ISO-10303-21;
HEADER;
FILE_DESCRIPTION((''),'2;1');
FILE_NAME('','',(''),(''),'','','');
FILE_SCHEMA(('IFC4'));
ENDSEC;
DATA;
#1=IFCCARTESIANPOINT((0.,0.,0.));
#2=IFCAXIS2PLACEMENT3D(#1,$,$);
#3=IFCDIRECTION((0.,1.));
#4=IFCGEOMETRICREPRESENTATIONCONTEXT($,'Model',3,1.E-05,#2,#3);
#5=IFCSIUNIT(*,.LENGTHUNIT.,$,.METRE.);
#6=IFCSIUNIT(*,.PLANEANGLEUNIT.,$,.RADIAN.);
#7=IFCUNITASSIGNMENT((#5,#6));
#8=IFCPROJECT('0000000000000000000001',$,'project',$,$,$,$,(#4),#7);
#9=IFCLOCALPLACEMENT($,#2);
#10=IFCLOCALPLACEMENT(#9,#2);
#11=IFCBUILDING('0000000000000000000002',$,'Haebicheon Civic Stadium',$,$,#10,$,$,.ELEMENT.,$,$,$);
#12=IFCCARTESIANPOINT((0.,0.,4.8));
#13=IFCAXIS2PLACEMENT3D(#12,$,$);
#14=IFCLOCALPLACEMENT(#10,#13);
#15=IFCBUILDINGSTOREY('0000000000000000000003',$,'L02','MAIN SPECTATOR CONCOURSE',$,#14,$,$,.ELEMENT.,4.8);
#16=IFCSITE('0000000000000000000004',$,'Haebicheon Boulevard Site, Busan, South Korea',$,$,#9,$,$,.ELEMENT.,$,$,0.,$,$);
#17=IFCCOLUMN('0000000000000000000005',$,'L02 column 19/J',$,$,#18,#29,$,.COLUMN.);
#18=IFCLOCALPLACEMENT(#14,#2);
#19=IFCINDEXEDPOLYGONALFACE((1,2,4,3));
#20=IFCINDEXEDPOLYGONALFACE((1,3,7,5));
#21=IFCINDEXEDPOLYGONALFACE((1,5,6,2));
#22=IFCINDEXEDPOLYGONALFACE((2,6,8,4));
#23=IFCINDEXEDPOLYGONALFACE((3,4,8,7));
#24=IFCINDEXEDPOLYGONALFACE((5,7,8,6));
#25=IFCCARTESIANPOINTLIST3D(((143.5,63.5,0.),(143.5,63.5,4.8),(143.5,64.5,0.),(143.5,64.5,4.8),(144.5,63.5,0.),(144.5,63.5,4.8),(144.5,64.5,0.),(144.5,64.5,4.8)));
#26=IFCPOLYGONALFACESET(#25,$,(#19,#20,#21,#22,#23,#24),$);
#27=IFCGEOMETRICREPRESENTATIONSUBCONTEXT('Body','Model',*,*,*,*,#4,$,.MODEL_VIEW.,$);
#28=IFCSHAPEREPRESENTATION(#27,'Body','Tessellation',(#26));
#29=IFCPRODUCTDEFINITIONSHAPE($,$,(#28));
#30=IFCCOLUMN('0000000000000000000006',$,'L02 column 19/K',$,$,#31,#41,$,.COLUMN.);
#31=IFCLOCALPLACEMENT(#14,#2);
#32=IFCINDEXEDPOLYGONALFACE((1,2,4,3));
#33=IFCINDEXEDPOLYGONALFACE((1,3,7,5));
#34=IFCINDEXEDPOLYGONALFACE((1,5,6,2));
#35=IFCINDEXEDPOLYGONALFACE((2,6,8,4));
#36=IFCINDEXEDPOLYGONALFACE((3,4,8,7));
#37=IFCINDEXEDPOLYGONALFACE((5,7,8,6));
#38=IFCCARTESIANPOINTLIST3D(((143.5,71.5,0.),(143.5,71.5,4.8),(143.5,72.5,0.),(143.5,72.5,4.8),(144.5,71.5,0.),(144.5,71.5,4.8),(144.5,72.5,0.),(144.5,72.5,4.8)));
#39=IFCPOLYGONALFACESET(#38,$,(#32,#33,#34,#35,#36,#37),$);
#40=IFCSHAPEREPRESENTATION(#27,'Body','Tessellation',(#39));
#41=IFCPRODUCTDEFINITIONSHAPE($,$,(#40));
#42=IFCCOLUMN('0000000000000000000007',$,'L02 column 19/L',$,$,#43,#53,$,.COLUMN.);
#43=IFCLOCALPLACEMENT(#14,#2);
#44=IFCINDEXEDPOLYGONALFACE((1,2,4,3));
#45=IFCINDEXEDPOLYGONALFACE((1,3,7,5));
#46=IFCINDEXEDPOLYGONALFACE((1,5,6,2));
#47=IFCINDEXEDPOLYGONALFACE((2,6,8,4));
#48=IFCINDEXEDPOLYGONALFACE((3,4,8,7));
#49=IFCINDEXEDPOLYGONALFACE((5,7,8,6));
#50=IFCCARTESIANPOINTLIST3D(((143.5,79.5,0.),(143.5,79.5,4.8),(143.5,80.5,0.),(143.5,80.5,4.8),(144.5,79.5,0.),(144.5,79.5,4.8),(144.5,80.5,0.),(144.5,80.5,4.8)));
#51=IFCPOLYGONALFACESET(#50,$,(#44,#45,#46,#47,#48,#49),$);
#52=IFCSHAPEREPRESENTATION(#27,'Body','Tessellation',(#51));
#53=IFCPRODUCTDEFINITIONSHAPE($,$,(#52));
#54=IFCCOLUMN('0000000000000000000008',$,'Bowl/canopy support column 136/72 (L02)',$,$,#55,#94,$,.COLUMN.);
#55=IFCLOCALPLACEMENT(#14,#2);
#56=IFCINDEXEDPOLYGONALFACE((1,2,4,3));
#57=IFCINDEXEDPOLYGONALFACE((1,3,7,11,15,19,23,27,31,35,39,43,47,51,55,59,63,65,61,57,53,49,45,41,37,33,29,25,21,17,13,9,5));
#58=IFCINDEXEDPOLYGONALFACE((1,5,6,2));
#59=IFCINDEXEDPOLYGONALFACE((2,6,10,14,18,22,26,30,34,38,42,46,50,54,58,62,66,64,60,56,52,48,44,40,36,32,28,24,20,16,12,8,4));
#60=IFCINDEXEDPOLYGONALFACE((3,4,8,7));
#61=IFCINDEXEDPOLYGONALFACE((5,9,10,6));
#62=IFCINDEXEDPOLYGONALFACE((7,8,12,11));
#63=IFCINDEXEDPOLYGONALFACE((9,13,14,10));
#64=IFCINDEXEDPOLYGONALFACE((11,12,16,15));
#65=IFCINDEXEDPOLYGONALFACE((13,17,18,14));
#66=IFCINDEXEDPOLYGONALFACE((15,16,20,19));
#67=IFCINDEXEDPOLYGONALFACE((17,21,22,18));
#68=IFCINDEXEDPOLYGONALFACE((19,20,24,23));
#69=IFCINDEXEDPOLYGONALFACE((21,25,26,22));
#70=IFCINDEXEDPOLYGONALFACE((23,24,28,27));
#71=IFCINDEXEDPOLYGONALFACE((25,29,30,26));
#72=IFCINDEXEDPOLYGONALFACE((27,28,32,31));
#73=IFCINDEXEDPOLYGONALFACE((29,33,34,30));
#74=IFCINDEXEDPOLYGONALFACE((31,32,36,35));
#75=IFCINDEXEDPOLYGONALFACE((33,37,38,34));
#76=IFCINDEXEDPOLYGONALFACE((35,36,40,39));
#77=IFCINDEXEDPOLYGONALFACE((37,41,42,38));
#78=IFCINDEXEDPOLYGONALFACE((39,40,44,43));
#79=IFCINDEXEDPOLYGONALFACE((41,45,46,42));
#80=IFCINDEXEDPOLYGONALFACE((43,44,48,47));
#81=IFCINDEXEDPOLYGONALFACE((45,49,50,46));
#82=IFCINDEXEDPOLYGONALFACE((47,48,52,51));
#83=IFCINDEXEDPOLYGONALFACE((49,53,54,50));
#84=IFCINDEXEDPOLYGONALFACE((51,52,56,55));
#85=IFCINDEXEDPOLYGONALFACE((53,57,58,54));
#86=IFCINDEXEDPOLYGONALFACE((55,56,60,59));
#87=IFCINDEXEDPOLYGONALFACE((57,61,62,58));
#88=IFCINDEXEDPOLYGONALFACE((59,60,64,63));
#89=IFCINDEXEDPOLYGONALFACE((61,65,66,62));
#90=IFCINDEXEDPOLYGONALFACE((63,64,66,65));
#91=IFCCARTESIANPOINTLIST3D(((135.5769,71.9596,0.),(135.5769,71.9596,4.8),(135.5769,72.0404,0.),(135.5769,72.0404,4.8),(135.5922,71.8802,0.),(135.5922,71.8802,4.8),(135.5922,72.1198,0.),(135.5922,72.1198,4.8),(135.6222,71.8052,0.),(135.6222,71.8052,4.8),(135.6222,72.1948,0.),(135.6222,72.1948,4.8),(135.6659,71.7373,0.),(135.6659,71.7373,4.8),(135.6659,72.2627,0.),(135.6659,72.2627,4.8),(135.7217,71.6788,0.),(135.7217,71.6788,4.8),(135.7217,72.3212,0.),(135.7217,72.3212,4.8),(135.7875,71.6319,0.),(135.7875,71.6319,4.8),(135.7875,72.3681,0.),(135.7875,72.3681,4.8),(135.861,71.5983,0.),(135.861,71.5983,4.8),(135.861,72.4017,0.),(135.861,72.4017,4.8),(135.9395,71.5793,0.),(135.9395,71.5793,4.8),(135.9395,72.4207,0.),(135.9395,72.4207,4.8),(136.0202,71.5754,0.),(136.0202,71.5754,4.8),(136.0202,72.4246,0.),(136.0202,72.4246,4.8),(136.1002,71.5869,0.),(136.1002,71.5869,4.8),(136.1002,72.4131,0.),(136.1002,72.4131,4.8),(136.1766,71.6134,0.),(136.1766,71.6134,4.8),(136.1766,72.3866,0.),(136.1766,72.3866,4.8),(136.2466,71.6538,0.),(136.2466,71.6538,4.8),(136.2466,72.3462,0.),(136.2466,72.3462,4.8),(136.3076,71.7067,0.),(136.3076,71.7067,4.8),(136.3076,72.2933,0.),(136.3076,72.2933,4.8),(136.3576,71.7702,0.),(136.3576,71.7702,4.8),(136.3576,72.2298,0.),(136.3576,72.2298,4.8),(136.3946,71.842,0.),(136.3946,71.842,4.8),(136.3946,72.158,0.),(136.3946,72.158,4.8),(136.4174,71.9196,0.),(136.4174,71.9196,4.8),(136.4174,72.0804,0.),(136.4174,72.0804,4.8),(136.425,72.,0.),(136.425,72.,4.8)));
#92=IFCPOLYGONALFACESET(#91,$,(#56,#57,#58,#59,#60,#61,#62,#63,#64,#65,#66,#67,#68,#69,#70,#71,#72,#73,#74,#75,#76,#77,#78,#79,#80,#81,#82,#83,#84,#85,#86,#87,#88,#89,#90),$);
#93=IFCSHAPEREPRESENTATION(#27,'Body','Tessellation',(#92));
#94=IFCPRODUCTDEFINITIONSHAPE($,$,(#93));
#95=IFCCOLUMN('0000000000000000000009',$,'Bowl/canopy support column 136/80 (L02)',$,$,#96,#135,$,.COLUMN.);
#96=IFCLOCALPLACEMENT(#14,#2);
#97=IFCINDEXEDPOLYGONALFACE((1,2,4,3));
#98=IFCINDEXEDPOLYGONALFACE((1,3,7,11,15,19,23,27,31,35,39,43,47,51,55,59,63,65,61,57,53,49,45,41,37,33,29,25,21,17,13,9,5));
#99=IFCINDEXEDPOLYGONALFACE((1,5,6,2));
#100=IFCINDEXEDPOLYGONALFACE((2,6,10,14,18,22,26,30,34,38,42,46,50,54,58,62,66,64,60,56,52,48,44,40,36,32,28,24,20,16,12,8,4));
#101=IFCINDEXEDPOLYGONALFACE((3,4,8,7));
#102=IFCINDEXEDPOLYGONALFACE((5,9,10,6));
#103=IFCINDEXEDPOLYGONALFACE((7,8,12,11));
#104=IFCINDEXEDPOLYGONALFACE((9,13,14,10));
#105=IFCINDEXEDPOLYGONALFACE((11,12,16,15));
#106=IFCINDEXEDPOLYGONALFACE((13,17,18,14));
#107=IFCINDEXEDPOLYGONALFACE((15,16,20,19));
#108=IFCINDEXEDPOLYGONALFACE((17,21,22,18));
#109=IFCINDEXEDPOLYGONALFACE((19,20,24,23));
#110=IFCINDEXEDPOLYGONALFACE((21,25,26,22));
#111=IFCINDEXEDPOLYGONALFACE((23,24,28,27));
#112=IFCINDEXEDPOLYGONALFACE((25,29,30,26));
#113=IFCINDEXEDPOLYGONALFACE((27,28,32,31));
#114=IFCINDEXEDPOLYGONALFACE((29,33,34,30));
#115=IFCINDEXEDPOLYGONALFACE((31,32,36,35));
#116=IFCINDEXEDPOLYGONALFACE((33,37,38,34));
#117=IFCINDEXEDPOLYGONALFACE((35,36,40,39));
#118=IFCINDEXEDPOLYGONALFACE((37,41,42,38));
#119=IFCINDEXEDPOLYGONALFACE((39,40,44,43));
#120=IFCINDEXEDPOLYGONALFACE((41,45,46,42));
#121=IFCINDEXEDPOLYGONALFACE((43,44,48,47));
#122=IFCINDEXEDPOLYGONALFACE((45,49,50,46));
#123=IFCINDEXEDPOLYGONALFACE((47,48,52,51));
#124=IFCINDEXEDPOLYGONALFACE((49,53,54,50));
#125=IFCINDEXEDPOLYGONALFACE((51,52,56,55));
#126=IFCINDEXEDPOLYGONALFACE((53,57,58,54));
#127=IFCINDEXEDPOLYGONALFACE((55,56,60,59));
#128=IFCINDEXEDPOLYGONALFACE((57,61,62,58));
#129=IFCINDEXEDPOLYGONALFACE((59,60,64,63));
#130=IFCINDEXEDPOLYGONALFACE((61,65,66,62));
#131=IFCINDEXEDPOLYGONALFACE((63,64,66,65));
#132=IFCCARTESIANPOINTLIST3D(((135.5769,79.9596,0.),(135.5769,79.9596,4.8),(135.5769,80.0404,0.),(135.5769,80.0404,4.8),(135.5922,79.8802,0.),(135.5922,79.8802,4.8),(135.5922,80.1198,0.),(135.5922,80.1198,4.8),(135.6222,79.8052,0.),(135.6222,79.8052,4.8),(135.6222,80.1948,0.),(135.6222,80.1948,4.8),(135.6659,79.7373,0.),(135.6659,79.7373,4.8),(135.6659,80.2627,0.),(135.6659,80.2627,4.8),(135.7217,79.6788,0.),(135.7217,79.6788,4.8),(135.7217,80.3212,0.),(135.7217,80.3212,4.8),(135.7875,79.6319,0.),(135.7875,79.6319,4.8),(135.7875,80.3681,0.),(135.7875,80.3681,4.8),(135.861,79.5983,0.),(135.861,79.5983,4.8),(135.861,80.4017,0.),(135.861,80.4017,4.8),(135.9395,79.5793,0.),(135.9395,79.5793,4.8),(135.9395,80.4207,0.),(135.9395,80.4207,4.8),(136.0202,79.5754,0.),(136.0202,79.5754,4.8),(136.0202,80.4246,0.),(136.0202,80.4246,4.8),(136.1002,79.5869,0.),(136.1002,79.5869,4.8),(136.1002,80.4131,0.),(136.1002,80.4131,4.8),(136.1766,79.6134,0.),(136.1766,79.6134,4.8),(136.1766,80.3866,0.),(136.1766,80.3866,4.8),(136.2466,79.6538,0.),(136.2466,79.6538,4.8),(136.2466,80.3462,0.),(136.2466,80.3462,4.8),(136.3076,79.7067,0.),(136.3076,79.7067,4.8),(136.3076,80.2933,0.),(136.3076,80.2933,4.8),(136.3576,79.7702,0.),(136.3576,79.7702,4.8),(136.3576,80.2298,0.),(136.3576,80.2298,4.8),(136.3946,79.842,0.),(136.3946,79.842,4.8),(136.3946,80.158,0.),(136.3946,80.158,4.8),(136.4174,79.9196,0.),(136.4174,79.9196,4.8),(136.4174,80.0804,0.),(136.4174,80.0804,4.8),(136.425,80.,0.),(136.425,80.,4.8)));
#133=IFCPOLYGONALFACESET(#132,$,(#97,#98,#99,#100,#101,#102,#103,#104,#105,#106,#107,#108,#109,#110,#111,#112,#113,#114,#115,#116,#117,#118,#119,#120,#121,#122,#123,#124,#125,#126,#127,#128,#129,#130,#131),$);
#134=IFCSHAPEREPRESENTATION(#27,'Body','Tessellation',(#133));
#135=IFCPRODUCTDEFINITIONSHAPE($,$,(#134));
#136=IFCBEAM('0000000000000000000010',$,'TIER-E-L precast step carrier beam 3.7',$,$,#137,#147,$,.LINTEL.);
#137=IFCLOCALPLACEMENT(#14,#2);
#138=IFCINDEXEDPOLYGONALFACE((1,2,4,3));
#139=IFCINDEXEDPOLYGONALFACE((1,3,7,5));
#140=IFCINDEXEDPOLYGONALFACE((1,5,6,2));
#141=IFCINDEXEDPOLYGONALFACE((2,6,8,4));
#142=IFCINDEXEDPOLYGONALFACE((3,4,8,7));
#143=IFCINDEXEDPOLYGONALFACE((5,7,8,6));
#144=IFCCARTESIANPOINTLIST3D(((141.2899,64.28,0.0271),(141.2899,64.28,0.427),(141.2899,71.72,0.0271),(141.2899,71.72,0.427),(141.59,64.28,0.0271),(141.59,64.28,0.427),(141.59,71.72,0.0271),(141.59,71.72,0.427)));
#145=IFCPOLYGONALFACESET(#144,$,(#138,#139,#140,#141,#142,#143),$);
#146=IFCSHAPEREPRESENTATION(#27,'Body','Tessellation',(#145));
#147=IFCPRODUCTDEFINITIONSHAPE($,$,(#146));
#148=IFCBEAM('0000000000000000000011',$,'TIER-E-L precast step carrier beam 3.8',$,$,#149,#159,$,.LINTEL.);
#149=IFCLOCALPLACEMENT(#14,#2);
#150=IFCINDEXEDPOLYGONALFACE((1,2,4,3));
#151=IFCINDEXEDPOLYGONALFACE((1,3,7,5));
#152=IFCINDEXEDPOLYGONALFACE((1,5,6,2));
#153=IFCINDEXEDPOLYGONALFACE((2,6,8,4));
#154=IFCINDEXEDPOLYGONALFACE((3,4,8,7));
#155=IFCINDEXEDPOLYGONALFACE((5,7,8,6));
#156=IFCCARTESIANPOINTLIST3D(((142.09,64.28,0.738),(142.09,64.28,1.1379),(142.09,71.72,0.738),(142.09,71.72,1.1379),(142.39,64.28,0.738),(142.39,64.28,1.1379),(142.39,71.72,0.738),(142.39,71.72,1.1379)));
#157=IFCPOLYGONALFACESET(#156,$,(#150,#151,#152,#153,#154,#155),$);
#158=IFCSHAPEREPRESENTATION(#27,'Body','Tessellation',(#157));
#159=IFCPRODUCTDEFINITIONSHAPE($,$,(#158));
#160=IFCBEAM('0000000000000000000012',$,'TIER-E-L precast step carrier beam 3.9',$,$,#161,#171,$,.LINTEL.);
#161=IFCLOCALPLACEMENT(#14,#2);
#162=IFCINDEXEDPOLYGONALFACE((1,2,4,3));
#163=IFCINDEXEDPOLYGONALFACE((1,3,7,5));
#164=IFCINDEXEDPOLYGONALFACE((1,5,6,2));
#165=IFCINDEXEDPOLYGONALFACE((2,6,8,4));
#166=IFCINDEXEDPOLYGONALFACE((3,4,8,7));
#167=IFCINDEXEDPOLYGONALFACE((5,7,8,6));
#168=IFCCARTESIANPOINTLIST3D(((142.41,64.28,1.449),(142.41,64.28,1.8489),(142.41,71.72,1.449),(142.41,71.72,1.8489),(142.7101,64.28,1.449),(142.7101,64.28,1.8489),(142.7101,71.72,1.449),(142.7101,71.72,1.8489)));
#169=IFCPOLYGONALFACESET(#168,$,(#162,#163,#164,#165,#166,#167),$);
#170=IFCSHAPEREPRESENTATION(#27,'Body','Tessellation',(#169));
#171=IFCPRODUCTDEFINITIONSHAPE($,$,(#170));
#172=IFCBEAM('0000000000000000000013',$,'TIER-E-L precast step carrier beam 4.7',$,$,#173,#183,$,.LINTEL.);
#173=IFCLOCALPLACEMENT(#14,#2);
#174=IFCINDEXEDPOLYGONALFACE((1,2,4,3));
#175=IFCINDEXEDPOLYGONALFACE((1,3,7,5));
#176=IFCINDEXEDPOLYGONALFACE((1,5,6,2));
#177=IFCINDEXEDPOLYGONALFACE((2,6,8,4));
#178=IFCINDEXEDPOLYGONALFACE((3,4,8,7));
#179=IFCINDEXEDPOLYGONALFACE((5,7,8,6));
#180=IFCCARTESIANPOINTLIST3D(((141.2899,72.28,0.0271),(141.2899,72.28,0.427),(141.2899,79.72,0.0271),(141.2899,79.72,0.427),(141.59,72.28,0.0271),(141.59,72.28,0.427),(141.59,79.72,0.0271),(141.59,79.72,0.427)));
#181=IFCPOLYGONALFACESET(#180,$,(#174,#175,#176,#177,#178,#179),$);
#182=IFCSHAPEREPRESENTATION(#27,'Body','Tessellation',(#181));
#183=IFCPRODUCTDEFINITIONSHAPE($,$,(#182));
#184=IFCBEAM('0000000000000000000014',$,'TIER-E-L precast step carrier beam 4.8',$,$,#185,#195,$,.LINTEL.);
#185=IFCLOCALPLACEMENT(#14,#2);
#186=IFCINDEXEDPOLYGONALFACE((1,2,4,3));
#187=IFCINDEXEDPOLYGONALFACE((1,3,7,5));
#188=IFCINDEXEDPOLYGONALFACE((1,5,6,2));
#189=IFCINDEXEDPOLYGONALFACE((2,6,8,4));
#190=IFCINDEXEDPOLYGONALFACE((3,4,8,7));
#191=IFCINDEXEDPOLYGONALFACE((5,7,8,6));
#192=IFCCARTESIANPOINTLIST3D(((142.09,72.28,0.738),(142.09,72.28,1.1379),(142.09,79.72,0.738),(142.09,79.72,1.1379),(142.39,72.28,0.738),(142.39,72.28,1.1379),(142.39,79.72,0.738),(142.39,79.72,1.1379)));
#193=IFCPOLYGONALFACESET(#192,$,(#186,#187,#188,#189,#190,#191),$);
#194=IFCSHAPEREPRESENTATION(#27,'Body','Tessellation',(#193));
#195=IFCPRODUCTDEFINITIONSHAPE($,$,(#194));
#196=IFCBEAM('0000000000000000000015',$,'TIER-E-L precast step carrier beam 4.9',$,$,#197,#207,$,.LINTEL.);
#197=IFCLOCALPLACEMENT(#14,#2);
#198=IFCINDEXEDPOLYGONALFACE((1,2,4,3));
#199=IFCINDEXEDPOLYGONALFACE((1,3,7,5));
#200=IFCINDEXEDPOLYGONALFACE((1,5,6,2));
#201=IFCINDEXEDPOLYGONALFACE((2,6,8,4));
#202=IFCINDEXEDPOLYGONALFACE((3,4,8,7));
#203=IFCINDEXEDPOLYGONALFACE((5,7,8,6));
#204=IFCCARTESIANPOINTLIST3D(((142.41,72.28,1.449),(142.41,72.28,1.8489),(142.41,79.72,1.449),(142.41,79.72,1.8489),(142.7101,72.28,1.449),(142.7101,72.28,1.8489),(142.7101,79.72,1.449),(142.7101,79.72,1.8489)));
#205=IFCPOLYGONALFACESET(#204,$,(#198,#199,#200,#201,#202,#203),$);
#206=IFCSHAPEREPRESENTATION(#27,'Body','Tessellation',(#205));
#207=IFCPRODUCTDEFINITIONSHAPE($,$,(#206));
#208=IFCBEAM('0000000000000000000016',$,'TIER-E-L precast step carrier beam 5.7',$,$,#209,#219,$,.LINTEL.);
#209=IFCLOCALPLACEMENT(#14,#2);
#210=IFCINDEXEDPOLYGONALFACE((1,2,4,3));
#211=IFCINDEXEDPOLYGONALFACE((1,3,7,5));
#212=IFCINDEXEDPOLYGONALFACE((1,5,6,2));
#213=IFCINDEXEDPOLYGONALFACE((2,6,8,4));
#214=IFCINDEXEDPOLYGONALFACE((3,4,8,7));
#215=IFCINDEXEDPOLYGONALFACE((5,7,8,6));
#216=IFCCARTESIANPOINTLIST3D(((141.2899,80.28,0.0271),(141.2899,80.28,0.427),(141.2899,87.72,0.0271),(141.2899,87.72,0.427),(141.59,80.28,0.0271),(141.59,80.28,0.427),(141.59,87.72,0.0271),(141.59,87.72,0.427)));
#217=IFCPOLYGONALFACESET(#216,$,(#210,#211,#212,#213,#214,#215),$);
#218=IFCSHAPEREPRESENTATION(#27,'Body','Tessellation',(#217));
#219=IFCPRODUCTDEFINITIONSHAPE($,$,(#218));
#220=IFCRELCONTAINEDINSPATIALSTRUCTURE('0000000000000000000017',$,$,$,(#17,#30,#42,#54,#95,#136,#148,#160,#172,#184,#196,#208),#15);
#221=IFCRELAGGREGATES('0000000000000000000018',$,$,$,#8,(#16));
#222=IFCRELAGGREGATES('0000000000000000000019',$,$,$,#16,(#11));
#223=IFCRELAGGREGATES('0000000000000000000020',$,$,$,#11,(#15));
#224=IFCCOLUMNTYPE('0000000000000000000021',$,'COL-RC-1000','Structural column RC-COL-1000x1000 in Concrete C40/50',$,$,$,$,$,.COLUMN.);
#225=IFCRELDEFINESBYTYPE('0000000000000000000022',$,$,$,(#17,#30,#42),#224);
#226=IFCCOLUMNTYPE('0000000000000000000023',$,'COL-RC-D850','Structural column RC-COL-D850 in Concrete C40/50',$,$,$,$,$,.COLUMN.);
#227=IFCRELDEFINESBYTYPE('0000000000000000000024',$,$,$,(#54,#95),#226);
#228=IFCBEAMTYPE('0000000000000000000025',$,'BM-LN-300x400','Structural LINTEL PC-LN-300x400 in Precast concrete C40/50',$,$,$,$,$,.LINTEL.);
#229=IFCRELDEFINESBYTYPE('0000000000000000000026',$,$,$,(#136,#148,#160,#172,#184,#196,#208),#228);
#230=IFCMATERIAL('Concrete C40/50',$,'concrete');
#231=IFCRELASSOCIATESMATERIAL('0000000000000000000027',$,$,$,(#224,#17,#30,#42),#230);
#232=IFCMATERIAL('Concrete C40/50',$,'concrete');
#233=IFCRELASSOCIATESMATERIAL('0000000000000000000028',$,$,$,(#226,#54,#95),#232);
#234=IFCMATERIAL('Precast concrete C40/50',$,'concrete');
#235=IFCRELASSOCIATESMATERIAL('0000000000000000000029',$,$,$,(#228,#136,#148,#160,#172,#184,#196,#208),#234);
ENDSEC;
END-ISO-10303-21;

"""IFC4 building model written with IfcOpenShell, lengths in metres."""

from ifc_helpers import new_model, si_unit, direction, frame, origin, origin_2d, place, context, subcontext, project, spatial, rectangle, circle, extrude, material, material_profile, profile_set, type_object, element, save


model = new_model("IFC4")

# Units and contexts
model_context = context("Model", 3, precision=1e-05, world=origin(), true_north=direction((0.0, 1.0)))
body_context = subcontext(model_context, "Body", "Model", "MODEL_VIEW")
ifc_project = project(units=[si_unit("LENGTHUNIT", "METRE"), si_unit("PLANEANGLEUNIT", "RADIAN")], contexts=[model_context])

# Site, building, storey
site_placement = place(None, origin())
site = spatial("IfcSite", under=ifc_project, at=site_placement, Name="Haebicheon Boulevard Site, Busan, South Korea", CompositionType="ELEMENT", RefElevation=0.0)
building_placement = place(site_placement, origin())
building = spatial("IfcBuilding", under=site, at=building_placement, Name="Haebicheon Civic Stadium", CompositionType="ELEMENT")
storey_placement = place(building_placement, frame((0.0, 0.0, 4.8)))
storey = spatial("IfcBuildingStorey", under=building, at=storey_placement, Name="L02", Description="MAIN SPECTATOR CONCOURSE", CompositionType="ELEMENT", Elevation=4.8)

# Columns
ifc_material_1 = material(Name="Concrete C40/50", Category="concrete")
ifc_material_profile_1 = material_profile(ifc_material_1, rectangle(XDim=1.0, YDim=1.0, at=origin_2d()), Name="RC-COL-1000x1000")
ifc_profile_set_1 = profile_set([ifc_material_profile_1], Name="Concrete C40/50")
column_type_1 = type_object("IfcColumnType", Name="COL-RC-1000", Description="Structural column RC-COL-1000x1000 in Concrete C40/50", PredefinedType="COLUMN", material=ifc_profile_set_1)
for number, where, z_axis, x_axis, name in (
    (1, (144.0, 64.0, 0.0), (0.0, 0.0, 1.0), (1.0, 0.0, 0.0), "L02 column 19/J"),
    (2, (144.0, 72.0, 0.0), (0.0, 0.0, 1.0), (1.0, 0.0, 0.0), "L02 column 19/K"),
    (3, (144.0, 80.0, 0.0), (0.0, 0.0, 1.0), (1.0, 0.0, 0.0), "L02 column 19/L"),
):
    element("IfcColumn", number, at=place(storey_placement, frame(where, z_axis=z_axis, x_axis=x_axis)), inside=storey, type_object=column_type_1, material=ifc_profile_set_1, Name=name, PredefinedType="COLUMN", context=body_context, shape_type="SweptSolid", body=[
        extrude(rectangle(XDim=1.0, YDim=1.0, at=origin_2d()), origin(), (0.0, 0.0, 1.0), 4.8),
    ])
ifc_material_2 = material(Name="Concrete C40/50", Category="concrete")
ifc_material_profile_2 = material_profile(ifc_material_2, circle(Radius=0.425, at=origin_2d()), Name="RC-COL-D850")
ifc_profile_set_2 = profile_set([ifc_material_profile_2], Name="Concrete C40/50")
column_type_2 = type_object("IfcColumnType", Name="COL-RC-D850", Description="Structural column RC-COL-D850 in Concrete C40/50", PredefinedType="COLUMN", material=ifc_profile_set_2)
for number, where, z_axis, x_axis, name in (
    (4, (136.0, 72.0, 0.0), (0.0, 0.0, 1.0), (1.0, 0.0, 0.0), "Bowl/canopy support column 136/72 (L02)"),
    (5, (136.0, 80.0, 0.0), (0.0, 0.0, 1.0), (1.0, 0.0, 0.0), "Bowl/canopy support column 136/80 (L02)"),
):
    element("IfcColumn", number, at=place(storey_placement, frame(where, z_axis=z_axis, x_axis=x_axis)), inside=storey, type_object=column_type_2, material=ifc_profile_set_2, Name=name, PredefinedType="COLUMN", context=body_context, shape_type="SweptSolid", body=[
        extrude(circle(Radius=0.425, at=origin_2d()), origin(), (0.0, 0.0, 1.0), 4.8),
    ])

# Beams
ifc_material_3 = material(Name="Precast concrete C40/50", Category="concrete")
ifc_material_profile_3 = material_profile(ifc_material_3, rectangle(XDim=0.3, YDim=0.3999, at=origin_2d()), Name="PC-LN-300x400")
ifc_profile_set_3 = profile_set([ifc_material_profile_3], Name="Precast concrete C40/50")
beam_type_1 = type_object("IfcBeamType", Name="BM-LN-300x400", Description="Structural LINTEL PC-LN-300x400 in Precast concrete C40/50", PredefinedType="LINTEL", material=ifc_profile_set_3)
for number, where, z_axis, x_axis, name in (
    (6, (141.4399, 64.28, 0.2271), (0.0, 1.0, 0.0), (-1.0, 0.0, 0.0), "TIER-E-L precast step carrier beam 3.7"),
    (7, (142.24, 64.28, 0.938), (0.0, 1.0, 0.0), (-1.0, 0.0, 0.0), "TIER-E-L precast step carrier beam 3.8"),
    (8, (142.5601, 64.28, 1.6489), (0.0, 1.0, 0.0), (-1.0, 0.0, 0.0), "TIER-E-L precast step carrier beam 3.9"),
    (9, (141.4399, 72.28, 0.2271), (0.0, 1.0, 0.0), (-1.0, 0.0, 0.0), "TIER-E-L precast step carrier beam 4.7"),
    (10, (142.24, 72.28, 0.938), (0.0, 1.0, 0.0), (-1.0, 0.0, 0.0), "TIER-E-L precast step carrier beam 4.8"),
    (11, (142.5601, 72.28, 1.6489), (0.0, 1.0, 0.0), (-1.0, 0.0, 0.0), "TIER-E-L precast step carrier beam 4.9"),
    (12, (141.4399, 80.28, 0.2271), (0.0, 1.0, 0.0), (-1.0, 0.0, 0.0), "TIER-E-L precast step carrier beam 5.7"),
):
    element("IfcBeam", number, at=place(storey_placement, frame(where, z_axis=z_axis, x_axis=x_axis)), inside=storey, type_object=beam_type_1, material=ifc_profile_set_3, Name=name, PredefinedType="LINTEL", context=body_context, shape_type="SweptSolid", body=[
        extrude(rectangle(XDim=0.3, YDim=0.3999, at=origin_2d()), origin(), (0.0, 0.0, 1.0), 7.4399),
    ])

save(model, "model.ifc")
